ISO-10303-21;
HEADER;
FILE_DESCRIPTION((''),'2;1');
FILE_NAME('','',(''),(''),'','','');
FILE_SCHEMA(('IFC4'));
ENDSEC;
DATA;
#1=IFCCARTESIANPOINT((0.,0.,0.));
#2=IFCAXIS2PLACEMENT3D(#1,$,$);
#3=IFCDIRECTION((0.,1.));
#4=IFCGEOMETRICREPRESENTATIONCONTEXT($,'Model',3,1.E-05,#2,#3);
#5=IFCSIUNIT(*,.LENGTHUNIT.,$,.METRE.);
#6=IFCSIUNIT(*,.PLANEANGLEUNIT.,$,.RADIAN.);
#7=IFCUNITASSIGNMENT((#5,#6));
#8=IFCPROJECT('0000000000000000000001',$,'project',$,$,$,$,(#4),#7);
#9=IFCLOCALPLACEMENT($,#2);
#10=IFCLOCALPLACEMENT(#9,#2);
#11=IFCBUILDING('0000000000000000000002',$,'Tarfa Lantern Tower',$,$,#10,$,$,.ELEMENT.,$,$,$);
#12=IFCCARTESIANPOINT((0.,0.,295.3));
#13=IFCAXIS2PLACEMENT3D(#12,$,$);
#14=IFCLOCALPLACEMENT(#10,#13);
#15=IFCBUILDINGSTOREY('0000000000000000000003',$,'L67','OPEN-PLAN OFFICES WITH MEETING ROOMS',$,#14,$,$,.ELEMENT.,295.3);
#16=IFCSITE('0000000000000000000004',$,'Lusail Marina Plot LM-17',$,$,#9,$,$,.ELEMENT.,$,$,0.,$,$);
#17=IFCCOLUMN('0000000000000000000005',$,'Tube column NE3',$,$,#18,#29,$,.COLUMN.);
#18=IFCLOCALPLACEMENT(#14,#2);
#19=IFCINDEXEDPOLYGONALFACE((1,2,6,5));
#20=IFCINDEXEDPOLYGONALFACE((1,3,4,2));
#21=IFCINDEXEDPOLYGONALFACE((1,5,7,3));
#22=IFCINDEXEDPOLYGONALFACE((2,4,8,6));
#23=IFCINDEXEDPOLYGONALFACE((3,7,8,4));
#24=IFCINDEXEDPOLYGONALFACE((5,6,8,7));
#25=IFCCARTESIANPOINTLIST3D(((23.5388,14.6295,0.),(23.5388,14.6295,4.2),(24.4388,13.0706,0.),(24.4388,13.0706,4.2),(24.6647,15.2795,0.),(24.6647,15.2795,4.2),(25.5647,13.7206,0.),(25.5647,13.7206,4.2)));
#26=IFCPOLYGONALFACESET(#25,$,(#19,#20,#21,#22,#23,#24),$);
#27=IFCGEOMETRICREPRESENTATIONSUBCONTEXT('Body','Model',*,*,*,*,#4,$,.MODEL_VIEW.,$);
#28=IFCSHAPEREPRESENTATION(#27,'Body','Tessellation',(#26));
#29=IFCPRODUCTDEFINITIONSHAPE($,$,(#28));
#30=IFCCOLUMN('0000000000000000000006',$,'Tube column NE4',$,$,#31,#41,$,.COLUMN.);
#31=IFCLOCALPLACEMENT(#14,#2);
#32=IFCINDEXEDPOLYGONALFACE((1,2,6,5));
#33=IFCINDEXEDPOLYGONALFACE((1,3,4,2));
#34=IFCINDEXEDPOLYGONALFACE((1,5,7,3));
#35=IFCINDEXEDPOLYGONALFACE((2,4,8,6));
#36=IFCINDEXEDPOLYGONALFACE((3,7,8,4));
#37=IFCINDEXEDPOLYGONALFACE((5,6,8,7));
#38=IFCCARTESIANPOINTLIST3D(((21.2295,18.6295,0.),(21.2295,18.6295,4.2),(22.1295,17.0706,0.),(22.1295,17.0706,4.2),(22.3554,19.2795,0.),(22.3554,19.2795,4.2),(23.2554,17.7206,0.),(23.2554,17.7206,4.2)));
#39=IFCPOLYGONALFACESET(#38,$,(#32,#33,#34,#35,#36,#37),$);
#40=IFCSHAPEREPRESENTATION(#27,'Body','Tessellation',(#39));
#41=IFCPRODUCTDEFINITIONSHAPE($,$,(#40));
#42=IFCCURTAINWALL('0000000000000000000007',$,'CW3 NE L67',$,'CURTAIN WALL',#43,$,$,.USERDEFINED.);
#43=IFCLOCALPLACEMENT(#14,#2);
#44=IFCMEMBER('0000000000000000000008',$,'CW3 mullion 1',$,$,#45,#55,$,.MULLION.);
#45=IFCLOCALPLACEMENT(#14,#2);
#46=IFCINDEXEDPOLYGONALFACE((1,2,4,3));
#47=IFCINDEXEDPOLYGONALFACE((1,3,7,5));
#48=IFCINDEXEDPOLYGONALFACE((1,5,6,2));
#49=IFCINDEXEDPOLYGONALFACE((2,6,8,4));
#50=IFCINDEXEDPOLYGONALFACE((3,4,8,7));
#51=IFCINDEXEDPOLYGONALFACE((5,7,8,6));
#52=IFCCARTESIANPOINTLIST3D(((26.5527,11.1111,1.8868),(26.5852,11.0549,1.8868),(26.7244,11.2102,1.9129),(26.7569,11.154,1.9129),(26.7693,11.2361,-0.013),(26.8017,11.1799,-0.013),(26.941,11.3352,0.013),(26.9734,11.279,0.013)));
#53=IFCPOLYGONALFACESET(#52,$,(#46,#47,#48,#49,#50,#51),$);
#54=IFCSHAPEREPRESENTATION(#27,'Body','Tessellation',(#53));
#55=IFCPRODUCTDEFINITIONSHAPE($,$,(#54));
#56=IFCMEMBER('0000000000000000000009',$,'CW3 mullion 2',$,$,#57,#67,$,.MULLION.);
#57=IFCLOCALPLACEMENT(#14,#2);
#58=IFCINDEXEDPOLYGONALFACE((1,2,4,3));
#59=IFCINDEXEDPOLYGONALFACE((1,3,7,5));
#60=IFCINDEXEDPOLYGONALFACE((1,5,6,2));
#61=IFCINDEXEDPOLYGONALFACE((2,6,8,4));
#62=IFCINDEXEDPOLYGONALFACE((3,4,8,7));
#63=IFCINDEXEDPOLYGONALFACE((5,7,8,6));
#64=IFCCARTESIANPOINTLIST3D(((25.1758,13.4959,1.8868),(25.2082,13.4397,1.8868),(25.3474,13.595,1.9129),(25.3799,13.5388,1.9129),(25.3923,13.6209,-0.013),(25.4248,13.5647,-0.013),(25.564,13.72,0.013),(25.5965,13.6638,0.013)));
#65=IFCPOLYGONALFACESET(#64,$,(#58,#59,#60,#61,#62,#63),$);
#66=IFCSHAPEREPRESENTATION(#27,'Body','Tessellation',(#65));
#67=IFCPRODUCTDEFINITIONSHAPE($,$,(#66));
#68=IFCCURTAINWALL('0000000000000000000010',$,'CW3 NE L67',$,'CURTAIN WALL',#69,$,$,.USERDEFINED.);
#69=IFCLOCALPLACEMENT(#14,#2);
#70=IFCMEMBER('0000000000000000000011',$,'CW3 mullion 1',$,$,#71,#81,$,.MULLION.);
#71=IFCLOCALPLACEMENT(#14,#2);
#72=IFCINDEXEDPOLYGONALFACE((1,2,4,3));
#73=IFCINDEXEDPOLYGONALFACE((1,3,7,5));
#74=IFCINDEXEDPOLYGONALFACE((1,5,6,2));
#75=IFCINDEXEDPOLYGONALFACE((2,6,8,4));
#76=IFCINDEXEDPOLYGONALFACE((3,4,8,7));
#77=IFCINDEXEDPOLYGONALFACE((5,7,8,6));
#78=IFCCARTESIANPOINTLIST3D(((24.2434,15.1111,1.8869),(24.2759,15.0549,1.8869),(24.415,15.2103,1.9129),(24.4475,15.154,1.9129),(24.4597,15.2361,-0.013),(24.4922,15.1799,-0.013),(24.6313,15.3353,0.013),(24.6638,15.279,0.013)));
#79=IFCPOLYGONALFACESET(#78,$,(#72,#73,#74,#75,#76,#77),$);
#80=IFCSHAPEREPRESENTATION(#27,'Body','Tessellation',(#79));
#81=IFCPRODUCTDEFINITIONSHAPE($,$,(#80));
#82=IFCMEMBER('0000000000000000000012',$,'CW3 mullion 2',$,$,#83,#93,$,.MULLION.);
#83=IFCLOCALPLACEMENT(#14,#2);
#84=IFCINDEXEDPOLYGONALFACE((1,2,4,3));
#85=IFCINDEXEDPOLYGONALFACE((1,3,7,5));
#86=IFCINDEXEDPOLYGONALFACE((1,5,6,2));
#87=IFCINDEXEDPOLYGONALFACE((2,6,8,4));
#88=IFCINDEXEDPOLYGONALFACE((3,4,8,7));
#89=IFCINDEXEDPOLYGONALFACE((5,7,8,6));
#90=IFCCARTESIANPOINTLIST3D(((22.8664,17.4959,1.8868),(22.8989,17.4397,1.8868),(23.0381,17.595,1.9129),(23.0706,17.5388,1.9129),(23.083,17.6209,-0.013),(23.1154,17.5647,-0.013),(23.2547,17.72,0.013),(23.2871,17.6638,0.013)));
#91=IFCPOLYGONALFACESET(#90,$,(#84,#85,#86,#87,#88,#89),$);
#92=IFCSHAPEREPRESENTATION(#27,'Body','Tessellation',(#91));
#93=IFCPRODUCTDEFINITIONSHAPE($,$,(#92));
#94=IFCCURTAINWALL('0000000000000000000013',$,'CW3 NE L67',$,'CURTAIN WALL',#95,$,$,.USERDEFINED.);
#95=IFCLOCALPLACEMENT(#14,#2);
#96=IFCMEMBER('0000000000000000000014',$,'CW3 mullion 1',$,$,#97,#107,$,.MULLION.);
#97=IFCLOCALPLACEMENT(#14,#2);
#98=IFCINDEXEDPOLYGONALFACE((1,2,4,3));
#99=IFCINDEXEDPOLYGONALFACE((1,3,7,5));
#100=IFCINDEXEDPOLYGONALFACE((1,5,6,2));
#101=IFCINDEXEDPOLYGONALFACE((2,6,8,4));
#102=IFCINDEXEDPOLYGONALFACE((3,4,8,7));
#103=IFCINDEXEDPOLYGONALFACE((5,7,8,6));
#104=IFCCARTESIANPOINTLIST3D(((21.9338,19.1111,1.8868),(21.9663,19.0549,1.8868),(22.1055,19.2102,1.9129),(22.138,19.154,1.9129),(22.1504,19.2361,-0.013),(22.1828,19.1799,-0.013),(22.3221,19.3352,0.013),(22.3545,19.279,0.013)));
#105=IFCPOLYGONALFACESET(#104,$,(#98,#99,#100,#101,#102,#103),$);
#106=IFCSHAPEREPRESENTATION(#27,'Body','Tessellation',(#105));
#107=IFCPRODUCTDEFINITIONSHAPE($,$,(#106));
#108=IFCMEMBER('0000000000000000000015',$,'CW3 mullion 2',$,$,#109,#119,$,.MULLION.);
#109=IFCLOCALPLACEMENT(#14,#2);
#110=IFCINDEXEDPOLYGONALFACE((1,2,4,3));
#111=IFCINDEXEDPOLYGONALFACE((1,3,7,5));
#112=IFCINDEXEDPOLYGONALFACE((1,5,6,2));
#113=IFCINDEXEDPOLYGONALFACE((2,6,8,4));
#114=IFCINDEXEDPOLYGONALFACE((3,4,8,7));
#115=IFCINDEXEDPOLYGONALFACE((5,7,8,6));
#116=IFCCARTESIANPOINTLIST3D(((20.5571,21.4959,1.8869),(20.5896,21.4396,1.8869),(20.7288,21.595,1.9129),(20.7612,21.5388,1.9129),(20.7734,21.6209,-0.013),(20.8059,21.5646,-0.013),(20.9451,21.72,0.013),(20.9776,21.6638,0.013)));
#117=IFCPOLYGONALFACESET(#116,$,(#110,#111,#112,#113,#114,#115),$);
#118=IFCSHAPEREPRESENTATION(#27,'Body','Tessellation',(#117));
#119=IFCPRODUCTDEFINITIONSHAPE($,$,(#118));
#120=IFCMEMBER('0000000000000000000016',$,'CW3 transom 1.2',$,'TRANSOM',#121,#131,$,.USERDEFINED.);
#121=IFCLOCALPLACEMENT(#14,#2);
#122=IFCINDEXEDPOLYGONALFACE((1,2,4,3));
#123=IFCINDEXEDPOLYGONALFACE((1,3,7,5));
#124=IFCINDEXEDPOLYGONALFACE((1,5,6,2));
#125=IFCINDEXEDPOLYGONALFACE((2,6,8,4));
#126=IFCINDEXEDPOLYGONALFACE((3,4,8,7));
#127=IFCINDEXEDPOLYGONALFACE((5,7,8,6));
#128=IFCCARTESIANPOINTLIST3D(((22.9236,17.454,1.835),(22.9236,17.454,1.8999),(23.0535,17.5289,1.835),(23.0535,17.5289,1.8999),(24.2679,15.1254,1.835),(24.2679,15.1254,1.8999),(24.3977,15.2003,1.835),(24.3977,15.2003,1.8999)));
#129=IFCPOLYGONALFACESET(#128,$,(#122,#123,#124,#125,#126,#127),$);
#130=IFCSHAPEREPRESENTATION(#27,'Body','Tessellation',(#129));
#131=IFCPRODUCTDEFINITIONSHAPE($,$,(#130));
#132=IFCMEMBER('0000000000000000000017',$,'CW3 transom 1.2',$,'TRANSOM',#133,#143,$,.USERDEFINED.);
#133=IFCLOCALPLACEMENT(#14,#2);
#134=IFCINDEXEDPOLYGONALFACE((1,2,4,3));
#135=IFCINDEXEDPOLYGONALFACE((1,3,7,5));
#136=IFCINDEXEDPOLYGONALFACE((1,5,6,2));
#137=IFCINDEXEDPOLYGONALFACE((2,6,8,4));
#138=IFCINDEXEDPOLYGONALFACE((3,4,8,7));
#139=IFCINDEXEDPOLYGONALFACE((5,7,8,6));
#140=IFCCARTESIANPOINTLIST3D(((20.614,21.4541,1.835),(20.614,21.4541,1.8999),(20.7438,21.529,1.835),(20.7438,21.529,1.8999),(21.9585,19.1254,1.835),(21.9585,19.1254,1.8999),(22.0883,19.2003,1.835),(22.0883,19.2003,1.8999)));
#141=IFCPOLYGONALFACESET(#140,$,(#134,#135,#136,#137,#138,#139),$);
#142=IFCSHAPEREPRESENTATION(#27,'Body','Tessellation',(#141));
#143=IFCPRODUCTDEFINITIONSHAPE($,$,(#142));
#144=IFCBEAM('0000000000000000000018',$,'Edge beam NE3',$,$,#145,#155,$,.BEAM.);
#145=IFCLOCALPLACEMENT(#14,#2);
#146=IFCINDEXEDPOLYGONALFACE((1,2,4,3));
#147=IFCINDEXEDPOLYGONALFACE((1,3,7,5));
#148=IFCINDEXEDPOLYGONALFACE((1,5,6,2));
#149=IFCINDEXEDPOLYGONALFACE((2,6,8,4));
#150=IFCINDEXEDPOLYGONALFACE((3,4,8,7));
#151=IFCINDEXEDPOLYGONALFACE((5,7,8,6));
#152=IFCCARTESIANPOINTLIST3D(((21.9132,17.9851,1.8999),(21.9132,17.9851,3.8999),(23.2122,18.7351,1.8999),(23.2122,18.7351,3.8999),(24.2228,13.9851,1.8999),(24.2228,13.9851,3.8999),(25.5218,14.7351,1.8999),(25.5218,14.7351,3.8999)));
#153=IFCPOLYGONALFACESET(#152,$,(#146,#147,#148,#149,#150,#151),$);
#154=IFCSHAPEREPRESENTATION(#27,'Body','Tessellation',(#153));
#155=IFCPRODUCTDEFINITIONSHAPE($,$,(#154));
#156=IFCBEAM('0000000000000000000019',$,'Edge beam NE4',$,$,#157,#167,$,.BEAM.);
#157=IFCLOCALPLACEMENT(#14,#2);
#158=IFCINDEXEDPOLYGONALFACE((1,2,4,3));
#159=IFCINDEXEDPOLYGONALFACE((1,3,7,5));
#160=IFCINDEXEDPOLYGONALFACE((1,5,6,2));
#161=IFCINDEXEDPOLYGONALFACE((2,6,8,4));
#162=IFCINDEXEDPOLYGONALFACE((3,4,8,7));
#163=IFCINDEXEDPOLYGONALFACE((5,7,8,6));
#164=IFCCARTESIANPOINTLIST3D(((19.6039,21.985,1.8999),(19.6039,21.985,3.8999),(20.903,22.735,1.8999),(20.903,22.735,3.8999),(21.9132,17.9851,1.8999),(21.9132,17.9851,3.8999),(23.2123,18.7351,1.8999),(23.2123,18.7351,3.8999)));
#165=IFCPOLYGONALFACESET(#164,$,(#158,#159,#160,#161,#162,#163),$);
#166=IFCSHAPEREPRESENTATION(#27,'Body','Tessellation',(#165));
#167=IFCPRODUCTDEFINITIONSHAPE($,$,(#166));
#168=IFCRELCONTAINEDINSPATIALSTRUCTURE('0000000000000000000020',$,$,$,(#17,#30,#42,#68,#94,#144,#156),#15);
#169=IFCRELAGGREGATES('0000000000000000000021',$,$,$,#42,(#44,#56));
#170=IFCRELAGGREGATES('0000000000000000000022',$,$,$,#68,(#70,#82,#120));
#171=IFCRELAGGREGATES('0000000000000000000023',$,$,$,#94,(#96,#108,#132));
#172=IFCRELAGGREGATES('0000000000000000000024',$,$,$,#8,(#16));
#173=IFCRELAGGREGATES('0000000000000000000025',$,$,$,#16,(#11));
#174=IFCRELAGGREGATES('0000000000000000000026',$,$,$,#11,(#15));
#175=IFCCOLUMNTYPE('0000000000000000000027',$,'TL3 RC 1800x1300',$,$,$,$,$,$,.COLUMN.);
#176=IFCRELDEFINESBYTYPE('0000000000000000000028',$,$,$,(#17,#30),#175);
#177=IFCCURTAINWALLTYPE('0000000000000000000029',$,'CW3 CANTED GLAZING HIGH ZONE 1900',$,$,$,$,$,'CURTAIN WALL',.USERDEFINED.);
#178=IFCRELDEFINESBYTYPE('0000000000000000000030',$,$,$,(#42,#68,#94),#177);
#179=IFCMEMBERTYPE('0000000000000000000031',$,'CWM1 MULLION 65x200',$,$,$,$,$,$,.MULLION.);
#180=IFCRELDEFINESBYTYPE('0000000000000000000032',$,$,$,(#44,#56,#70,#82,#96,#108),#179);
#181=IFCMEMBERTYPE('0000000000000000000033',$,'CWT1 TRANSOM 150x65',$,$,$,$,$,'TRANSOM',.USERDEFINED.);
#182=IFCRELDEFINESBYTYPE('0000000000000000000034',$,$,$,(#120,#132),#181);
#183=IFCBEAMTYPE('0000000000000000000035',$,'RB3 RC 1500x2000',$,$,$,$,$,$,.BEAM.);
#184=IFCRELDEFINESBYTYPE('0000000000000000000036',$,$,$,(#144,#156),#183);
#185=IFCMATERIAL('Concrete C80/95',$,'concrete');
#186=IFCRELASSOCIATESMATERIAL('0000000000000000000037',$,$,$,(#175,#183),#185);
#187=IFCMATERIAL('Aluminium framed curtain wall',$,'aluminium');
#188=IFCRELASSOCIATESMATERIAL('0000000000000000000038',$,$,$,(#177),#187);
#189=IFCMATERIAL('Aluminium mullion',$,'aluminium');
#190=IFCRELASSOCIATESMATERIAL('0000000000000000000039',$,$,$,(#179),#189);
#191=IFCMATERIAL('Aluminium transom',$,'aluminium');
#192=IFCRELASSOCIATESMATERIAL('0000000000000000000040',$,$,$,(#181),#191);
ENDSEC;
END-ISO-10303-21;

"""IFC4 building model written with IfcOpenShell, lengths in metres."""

from ifc_helpers import new_model, si_unit, direction, frame, origin, origin_2d, place, context, subcontext, project, spatial, rectangle, extrude, material, material_profile, profile_set, type_object, element, aggregate, save


model = new_model("IFC4")

# Units and contexts
model_context = context("Model", 3, precision=1e-05, world=origin(), true_north=direction((0.0, 1.0)))
body_context = subcontext(model_context, "Body", "Model", "MODEL_VIEW")
ifc_project = project(units=[si_unit("LENGTHUNIT", "METRE"), si_unit("PLANEANGLEUNIT", "RADIAN")], contexts=[model_context])

# Site, building, storey
site_placement = place(None, origin())
site = spatial("IfcSite", under=ifc_project, at=site_placement, Name="Lusail Marina Plot LM-17", CompositionType="ELEMENT", RefElevation=0.0)
building_placement = place(site_placement, origin())
building = spatial("IfcBuilding", under=site, at=building_placement, Name="Tarfa Lantern Tower", CompositionType="ELEMENT")
storey_placement = place(building_placement, frame((0.0, 0.0, 295.3)))
storey = spatial("IfcBuildingStorey", under=building, at=storey_placement, Name="L67", Description="OPEN-PLAN OFFICES WITH MEETING ROOMS", CompositionType="ELEMENT", Elevation=295.3)

# Columns
ifc_material_1 = material(Name="Concrete C80/95", Category="concrete")
ifc_material_profile_1 = material_profile(ifc_material_1, rectangle(XDim=1.8, YDim=1.3, at=origin_2d()), Name="RC 1800x1300")
ifc_profile_set_1 = profile_set([ifc_material_profile_1], Name="Concrete C80/95")
column_type = type_object("IfcColumnType", Name="TL3 RC 1800x1300", PredefinedType="COLUMN", material=ifc_profile_set_1)
for number, where, z_axis, x_axis, name in (
    (1, (24.5518, 14.175, 0.0), (0.0, 0.0, 1.0), (-0.5, 0.866025, 0.0), "Tube column NE3"),
    (2, (22.2424, 18.175, 0.0), (0.0, 0.0, 1.0), (-0.5, 0.866025, 0.0), "Tube column NE4"),
):
    element("IfcColumn", number, at=place(storey_placement, frame(where, z_axis=z_axis, x_axis=x_axis)), inside=storey, type_object=column_type, Name=name, PredefinedType="COLUMN", context=body_context, shape_type="SweptSolid", body=[
        extrude(rectangle(XDim=1.8, YDim=1.3, at=origin_2d()), origin(), (0.0, 0.0, 1.0), 4.2),
    ])

# Curtain walls, members
ifc_material_2 = material(Name="Aluminium framed curtain wall", Category="aluminium")
curtain_wall_type = type_object("IfcCurtainWallType", Name="CW3 CANTED GLAZING HIGH ZONE 1900", ElementType="CURTAIN WALL", PredefinedType="USERDEFINED", material=ifc_material_2)
curtain_wall_1_placement = place(storey_placement, origin())
curtain_wall_1 = element("IfcCurtainWall", 3, at=curtain_wall_1_placement, inside=storey, type_object=curtain_wall_type, Name="CW3 NE L67", ObjectType="CURTAIN WALL", PredefinedType="USERDEFINED")
ifc_material_3 = material(Name="Aluminium mullion", Category="aluminium")
ifc_material_profile_2 = material_profile(ifc_material_3, rectangle(XDim=0.0649, YDim=0.2, at=origin_2d()), Name="AL MULLION 65x200")
ifc_profile_set_2 = profile_set([ifc_material_profile_2], Name="Aluminium mullion")
member_type_1 = type_object("IfcMemberType", Name="CWM1 MULLION 65x200", PredefinedType="MULLION", material=ifc_profile_set_2)
member_1_placement = place(storey_placement, frame((26.8713, 11.2576, 0.0), z_axis=(-0.113007, -0.06523, 0.991451), x_axis=(0.49992, -0.866072, 0.0)))
member_1 = element("IfcMember", 4, at=member_1_placement, type_object=member_type_1, Name="CW3 mullion 1", PredefinedType="MULLION", context=body_context, shape_type="SweptSolid", body=[
    extrude(rectangle(XDim=0.0649, YDim=0.2, at=origin_2d()), origin(), (0.0, 0.0, 1.0), 1.9163),
])
member_2_placement = place(storey_placement, frame((25.4944, 13.6423, 0.0), z_axis=(-0.113007, -0.06523, 0.991451), x_axis=(0.49992, -0.866072, 0.0)))
member_2 = element("IfcMember", 5, at=member_2_placement, type_object=member_type_1, Name="CW3 mullion 2", PredefinedType="MULLION", context=body_context, shape_type="SweptSolid", body=[
    extrude(rectangle(XDim=0.0649, YDim=0.2, at=origin_2d()), origin(), (0.0, 0.0, 1.0), 1.9163),
])
curtain_wall_2_placement = place(storey_placement, origin())
curtain_wall_2 = element("IfcCurtainWall", 6, at=curtain_wall_2_placement, inside=storey, type_object=curtain_wall_type, Name="CW3 NE L67", ObjectType="CURTAIN WALL", PredefinedType="USERDEFINED")
member_3_placement = place(storey_placement, frame((24.5618, 15.2576, 0.0), z_axis=(-0.112881, -0.065231, 0.991465), x_axis=(0.500343, -0.865827, 0.0)))
member_3 = element("IfcMember", 7, at=member_3_placement, type_object=member_type_1, Name="CW3 mullion 1", PredefinedType="MULLION", context=body_context, shape_type="SweptSolid", body=[
    extrude(rectangle(XDim=0.0649, YDim=0.2, at=origin_2d()), origin(), (0.0, 0.0, 1.0), 1.9163),
])
member_4_placement = place(storey_placement, frame((23.1851, 17.6423, 0.0), z_axis=(-0.113007, -0.06523, 0.991451), x_axis=(0.49992, -0.866072, 0.0)))
member_4 = element("IfcMember", 8, at=member_4_placement, type_object=member_type_1, Name="CW3 mullion 2", PredefinedType="MULLION", context=body_context, shape_type="SweptSolid", body=[
    extrude(rectangle(XDim=0.0649, YDim=0.2, at=origin_2d()), origin(), (0.0, 0.0, 1.0), 1.9163),
])
curtain_wall_3_placement = place(storey_placement, origin())
curtain_wall_3 = element("IfcCurtainWall", 9, at=curtain_wall_3_placement, inside=storey, type_object=curtain_wall_type, Name="CW3 NE L67", ObjectType="CURTAIN WALL", PredefinedType="USERDEFINED")
member_5_placement = place(storey_placement, frame((22.2524, 19.2576, 0.0), z_axis=(-0.113007, -0.06523, 0.991451), x_axis=(0.49992, -0.866072, 0.0)))
member_5 = element("IfcMember", 10, at=member_5_placement, type_object=member_type_1, Name="CW3 mullion 1", PredefinedType="MULLION", context=body_context, shape_type="SweptSolid", body=[
    extrude(rectangle(XDim=0.0649, YDim=0.2, at=origin_2d()), origin(), (0.0, 0.0, 1.0), 1.9163),
])
member_6_placement = place(storey_placement, frame((20.8755, 21.6423, 0.0), z_axis=(-0.112881, -0.065231, 0.991465), x_axis=(0.500343, -0.865827, 0.0)))
member_6 = element("IfcMember", 11, at=member_6_placement, type_object=member_type_1, Name="CW3 mullion 2", PredefinedType="MULLION", context=body_context, shape_type="SweptSolid", body=[
    extrude(rectangle(XDim=0.0649, YDim=0.2, at=origin_2d()), origin(), (0.0, 0.0, 1.0), 1.9163),
])

# Members
ifc_material_4 = material(Name="Aluminium transom", Category="aluminium")
ifc_material_profile_3 = material_profile(ifc_material_4, rectangle(XDim=0.1499, YDim=0.0649, at=origin_2d()), Name="AL TRANSOM 150x65")
ifc_profile_set_3 = profile_set([ifc_material_profile_3], Name="Aluminium transom")
member_type_2 = type_object("IfcMemberType", Name="CWT1 TRANSOM 150x65", ElementType="TRANSOM", PredefinedType="USERDEFINED", material=ifc_profile_set_3)
member_7_placement = place(storey_placement, frame((24.3328, 15.1628, 1.8674), z_axis=(-0.499948, 0.866056, 0.0), x_axis=(-0.866056, -0.499948, 0.0)))
member_7 = element("IfcMember", 12, at=member_7_placement, type_object=member_type_2, Name="CW3 transom 1.2", ObjectType="TRANSOM", PredefinedType="USERDEFINED", context=body_context, shape_type="SweptSolid", body=[
    extrude(rectangle(XDim=0.1499, YDim=0.0649, at=origin_2d()), origin(), (0.0, 0.0, 1.0), 2.6887),
])
member_8_placement = place(storey_placement, frame((22.0234, 19.1628, 1.8674), z_axis=(-0.500016, 0.866016, 0.0), x_axis=(-0.866016, -0.500016, 0.0)))
member_8 = element("IfcMember", 13, at=member_8_placement, type_object=member_type_2, Name="CW3 transom 1.2", ObjectType="TRANSOM", PredefinedType="USERDEFINED", context=body_context, shape_type="SweptSolid", body=[
    extrude(rectangle(XDim=0.1499, YDim=0.0649, at=origin_2d()), origin(), (0.0, 0.0, 1.0), 2.689),
])

# Beams
ifc_material_profile_4 = material_profile(ifc_material_1, rectangle(XDim=1.5, YDim=2.0, at=origin_2d()), Name="RC 1500x2000")
ifc_profile_set_4 = profile_set([ifc_material_profile_4], Name="Concrete C80/95")
beam_type_1 = type_object("IfcBeamType", Name="RB3 RC 1500x2000", PredefinedType="BEAM", material=ifc_profile_set_4)
beam_1_placement = place(storey_placement, frame((24.8723, 14.3601, 2.8999), z_axis=(-0.500027, 0.86601, 0.0), x_axis=(-0.86601, -0.500027, 0.0)))
element("IfcBeam", 14, at=beam_1_placement, inside=storey, type_object=beam_type_1, Name="Edge beam NE3", PredefinedType="BEAM", context=body_context, shape_type="SweptSolid", body=[
    extrude(rectangle(XDim=1.5, YDim=2.0, at=origin_2d()), origin(), (0.0, 0.0, 1.0), 4.6189),
])
beam_2_placement = place(storey_placement, frame((22.5627, 18.3601, 2.8999), z_axis=(-0.499988, 0.866032, 0.0), x_axis=(-0.866032, -0.499988, 0.0)))
element("IfcBeam", 15, at=beam_2_placement, inside=storey, type_object=beam_type_1, Name="Edge beam NE4", PredefinedType="BEAM", context=body_context, shape_type="SweptSolid", body=[
    extrude(rectangle(XDim=1.5, YDim=2.0, at=origin_2d()), origin(), (0.0, 0.0, 1.0), 4.6187),
])

aggregate(curtain_wall_1, [member_1, member_2])
aggregate(curtain_wall_2, [member_3, member_4, member_7])
aggregate(curtain_wall_3, [member_5, member_6, member_8])

save(model, "model.ifc")
